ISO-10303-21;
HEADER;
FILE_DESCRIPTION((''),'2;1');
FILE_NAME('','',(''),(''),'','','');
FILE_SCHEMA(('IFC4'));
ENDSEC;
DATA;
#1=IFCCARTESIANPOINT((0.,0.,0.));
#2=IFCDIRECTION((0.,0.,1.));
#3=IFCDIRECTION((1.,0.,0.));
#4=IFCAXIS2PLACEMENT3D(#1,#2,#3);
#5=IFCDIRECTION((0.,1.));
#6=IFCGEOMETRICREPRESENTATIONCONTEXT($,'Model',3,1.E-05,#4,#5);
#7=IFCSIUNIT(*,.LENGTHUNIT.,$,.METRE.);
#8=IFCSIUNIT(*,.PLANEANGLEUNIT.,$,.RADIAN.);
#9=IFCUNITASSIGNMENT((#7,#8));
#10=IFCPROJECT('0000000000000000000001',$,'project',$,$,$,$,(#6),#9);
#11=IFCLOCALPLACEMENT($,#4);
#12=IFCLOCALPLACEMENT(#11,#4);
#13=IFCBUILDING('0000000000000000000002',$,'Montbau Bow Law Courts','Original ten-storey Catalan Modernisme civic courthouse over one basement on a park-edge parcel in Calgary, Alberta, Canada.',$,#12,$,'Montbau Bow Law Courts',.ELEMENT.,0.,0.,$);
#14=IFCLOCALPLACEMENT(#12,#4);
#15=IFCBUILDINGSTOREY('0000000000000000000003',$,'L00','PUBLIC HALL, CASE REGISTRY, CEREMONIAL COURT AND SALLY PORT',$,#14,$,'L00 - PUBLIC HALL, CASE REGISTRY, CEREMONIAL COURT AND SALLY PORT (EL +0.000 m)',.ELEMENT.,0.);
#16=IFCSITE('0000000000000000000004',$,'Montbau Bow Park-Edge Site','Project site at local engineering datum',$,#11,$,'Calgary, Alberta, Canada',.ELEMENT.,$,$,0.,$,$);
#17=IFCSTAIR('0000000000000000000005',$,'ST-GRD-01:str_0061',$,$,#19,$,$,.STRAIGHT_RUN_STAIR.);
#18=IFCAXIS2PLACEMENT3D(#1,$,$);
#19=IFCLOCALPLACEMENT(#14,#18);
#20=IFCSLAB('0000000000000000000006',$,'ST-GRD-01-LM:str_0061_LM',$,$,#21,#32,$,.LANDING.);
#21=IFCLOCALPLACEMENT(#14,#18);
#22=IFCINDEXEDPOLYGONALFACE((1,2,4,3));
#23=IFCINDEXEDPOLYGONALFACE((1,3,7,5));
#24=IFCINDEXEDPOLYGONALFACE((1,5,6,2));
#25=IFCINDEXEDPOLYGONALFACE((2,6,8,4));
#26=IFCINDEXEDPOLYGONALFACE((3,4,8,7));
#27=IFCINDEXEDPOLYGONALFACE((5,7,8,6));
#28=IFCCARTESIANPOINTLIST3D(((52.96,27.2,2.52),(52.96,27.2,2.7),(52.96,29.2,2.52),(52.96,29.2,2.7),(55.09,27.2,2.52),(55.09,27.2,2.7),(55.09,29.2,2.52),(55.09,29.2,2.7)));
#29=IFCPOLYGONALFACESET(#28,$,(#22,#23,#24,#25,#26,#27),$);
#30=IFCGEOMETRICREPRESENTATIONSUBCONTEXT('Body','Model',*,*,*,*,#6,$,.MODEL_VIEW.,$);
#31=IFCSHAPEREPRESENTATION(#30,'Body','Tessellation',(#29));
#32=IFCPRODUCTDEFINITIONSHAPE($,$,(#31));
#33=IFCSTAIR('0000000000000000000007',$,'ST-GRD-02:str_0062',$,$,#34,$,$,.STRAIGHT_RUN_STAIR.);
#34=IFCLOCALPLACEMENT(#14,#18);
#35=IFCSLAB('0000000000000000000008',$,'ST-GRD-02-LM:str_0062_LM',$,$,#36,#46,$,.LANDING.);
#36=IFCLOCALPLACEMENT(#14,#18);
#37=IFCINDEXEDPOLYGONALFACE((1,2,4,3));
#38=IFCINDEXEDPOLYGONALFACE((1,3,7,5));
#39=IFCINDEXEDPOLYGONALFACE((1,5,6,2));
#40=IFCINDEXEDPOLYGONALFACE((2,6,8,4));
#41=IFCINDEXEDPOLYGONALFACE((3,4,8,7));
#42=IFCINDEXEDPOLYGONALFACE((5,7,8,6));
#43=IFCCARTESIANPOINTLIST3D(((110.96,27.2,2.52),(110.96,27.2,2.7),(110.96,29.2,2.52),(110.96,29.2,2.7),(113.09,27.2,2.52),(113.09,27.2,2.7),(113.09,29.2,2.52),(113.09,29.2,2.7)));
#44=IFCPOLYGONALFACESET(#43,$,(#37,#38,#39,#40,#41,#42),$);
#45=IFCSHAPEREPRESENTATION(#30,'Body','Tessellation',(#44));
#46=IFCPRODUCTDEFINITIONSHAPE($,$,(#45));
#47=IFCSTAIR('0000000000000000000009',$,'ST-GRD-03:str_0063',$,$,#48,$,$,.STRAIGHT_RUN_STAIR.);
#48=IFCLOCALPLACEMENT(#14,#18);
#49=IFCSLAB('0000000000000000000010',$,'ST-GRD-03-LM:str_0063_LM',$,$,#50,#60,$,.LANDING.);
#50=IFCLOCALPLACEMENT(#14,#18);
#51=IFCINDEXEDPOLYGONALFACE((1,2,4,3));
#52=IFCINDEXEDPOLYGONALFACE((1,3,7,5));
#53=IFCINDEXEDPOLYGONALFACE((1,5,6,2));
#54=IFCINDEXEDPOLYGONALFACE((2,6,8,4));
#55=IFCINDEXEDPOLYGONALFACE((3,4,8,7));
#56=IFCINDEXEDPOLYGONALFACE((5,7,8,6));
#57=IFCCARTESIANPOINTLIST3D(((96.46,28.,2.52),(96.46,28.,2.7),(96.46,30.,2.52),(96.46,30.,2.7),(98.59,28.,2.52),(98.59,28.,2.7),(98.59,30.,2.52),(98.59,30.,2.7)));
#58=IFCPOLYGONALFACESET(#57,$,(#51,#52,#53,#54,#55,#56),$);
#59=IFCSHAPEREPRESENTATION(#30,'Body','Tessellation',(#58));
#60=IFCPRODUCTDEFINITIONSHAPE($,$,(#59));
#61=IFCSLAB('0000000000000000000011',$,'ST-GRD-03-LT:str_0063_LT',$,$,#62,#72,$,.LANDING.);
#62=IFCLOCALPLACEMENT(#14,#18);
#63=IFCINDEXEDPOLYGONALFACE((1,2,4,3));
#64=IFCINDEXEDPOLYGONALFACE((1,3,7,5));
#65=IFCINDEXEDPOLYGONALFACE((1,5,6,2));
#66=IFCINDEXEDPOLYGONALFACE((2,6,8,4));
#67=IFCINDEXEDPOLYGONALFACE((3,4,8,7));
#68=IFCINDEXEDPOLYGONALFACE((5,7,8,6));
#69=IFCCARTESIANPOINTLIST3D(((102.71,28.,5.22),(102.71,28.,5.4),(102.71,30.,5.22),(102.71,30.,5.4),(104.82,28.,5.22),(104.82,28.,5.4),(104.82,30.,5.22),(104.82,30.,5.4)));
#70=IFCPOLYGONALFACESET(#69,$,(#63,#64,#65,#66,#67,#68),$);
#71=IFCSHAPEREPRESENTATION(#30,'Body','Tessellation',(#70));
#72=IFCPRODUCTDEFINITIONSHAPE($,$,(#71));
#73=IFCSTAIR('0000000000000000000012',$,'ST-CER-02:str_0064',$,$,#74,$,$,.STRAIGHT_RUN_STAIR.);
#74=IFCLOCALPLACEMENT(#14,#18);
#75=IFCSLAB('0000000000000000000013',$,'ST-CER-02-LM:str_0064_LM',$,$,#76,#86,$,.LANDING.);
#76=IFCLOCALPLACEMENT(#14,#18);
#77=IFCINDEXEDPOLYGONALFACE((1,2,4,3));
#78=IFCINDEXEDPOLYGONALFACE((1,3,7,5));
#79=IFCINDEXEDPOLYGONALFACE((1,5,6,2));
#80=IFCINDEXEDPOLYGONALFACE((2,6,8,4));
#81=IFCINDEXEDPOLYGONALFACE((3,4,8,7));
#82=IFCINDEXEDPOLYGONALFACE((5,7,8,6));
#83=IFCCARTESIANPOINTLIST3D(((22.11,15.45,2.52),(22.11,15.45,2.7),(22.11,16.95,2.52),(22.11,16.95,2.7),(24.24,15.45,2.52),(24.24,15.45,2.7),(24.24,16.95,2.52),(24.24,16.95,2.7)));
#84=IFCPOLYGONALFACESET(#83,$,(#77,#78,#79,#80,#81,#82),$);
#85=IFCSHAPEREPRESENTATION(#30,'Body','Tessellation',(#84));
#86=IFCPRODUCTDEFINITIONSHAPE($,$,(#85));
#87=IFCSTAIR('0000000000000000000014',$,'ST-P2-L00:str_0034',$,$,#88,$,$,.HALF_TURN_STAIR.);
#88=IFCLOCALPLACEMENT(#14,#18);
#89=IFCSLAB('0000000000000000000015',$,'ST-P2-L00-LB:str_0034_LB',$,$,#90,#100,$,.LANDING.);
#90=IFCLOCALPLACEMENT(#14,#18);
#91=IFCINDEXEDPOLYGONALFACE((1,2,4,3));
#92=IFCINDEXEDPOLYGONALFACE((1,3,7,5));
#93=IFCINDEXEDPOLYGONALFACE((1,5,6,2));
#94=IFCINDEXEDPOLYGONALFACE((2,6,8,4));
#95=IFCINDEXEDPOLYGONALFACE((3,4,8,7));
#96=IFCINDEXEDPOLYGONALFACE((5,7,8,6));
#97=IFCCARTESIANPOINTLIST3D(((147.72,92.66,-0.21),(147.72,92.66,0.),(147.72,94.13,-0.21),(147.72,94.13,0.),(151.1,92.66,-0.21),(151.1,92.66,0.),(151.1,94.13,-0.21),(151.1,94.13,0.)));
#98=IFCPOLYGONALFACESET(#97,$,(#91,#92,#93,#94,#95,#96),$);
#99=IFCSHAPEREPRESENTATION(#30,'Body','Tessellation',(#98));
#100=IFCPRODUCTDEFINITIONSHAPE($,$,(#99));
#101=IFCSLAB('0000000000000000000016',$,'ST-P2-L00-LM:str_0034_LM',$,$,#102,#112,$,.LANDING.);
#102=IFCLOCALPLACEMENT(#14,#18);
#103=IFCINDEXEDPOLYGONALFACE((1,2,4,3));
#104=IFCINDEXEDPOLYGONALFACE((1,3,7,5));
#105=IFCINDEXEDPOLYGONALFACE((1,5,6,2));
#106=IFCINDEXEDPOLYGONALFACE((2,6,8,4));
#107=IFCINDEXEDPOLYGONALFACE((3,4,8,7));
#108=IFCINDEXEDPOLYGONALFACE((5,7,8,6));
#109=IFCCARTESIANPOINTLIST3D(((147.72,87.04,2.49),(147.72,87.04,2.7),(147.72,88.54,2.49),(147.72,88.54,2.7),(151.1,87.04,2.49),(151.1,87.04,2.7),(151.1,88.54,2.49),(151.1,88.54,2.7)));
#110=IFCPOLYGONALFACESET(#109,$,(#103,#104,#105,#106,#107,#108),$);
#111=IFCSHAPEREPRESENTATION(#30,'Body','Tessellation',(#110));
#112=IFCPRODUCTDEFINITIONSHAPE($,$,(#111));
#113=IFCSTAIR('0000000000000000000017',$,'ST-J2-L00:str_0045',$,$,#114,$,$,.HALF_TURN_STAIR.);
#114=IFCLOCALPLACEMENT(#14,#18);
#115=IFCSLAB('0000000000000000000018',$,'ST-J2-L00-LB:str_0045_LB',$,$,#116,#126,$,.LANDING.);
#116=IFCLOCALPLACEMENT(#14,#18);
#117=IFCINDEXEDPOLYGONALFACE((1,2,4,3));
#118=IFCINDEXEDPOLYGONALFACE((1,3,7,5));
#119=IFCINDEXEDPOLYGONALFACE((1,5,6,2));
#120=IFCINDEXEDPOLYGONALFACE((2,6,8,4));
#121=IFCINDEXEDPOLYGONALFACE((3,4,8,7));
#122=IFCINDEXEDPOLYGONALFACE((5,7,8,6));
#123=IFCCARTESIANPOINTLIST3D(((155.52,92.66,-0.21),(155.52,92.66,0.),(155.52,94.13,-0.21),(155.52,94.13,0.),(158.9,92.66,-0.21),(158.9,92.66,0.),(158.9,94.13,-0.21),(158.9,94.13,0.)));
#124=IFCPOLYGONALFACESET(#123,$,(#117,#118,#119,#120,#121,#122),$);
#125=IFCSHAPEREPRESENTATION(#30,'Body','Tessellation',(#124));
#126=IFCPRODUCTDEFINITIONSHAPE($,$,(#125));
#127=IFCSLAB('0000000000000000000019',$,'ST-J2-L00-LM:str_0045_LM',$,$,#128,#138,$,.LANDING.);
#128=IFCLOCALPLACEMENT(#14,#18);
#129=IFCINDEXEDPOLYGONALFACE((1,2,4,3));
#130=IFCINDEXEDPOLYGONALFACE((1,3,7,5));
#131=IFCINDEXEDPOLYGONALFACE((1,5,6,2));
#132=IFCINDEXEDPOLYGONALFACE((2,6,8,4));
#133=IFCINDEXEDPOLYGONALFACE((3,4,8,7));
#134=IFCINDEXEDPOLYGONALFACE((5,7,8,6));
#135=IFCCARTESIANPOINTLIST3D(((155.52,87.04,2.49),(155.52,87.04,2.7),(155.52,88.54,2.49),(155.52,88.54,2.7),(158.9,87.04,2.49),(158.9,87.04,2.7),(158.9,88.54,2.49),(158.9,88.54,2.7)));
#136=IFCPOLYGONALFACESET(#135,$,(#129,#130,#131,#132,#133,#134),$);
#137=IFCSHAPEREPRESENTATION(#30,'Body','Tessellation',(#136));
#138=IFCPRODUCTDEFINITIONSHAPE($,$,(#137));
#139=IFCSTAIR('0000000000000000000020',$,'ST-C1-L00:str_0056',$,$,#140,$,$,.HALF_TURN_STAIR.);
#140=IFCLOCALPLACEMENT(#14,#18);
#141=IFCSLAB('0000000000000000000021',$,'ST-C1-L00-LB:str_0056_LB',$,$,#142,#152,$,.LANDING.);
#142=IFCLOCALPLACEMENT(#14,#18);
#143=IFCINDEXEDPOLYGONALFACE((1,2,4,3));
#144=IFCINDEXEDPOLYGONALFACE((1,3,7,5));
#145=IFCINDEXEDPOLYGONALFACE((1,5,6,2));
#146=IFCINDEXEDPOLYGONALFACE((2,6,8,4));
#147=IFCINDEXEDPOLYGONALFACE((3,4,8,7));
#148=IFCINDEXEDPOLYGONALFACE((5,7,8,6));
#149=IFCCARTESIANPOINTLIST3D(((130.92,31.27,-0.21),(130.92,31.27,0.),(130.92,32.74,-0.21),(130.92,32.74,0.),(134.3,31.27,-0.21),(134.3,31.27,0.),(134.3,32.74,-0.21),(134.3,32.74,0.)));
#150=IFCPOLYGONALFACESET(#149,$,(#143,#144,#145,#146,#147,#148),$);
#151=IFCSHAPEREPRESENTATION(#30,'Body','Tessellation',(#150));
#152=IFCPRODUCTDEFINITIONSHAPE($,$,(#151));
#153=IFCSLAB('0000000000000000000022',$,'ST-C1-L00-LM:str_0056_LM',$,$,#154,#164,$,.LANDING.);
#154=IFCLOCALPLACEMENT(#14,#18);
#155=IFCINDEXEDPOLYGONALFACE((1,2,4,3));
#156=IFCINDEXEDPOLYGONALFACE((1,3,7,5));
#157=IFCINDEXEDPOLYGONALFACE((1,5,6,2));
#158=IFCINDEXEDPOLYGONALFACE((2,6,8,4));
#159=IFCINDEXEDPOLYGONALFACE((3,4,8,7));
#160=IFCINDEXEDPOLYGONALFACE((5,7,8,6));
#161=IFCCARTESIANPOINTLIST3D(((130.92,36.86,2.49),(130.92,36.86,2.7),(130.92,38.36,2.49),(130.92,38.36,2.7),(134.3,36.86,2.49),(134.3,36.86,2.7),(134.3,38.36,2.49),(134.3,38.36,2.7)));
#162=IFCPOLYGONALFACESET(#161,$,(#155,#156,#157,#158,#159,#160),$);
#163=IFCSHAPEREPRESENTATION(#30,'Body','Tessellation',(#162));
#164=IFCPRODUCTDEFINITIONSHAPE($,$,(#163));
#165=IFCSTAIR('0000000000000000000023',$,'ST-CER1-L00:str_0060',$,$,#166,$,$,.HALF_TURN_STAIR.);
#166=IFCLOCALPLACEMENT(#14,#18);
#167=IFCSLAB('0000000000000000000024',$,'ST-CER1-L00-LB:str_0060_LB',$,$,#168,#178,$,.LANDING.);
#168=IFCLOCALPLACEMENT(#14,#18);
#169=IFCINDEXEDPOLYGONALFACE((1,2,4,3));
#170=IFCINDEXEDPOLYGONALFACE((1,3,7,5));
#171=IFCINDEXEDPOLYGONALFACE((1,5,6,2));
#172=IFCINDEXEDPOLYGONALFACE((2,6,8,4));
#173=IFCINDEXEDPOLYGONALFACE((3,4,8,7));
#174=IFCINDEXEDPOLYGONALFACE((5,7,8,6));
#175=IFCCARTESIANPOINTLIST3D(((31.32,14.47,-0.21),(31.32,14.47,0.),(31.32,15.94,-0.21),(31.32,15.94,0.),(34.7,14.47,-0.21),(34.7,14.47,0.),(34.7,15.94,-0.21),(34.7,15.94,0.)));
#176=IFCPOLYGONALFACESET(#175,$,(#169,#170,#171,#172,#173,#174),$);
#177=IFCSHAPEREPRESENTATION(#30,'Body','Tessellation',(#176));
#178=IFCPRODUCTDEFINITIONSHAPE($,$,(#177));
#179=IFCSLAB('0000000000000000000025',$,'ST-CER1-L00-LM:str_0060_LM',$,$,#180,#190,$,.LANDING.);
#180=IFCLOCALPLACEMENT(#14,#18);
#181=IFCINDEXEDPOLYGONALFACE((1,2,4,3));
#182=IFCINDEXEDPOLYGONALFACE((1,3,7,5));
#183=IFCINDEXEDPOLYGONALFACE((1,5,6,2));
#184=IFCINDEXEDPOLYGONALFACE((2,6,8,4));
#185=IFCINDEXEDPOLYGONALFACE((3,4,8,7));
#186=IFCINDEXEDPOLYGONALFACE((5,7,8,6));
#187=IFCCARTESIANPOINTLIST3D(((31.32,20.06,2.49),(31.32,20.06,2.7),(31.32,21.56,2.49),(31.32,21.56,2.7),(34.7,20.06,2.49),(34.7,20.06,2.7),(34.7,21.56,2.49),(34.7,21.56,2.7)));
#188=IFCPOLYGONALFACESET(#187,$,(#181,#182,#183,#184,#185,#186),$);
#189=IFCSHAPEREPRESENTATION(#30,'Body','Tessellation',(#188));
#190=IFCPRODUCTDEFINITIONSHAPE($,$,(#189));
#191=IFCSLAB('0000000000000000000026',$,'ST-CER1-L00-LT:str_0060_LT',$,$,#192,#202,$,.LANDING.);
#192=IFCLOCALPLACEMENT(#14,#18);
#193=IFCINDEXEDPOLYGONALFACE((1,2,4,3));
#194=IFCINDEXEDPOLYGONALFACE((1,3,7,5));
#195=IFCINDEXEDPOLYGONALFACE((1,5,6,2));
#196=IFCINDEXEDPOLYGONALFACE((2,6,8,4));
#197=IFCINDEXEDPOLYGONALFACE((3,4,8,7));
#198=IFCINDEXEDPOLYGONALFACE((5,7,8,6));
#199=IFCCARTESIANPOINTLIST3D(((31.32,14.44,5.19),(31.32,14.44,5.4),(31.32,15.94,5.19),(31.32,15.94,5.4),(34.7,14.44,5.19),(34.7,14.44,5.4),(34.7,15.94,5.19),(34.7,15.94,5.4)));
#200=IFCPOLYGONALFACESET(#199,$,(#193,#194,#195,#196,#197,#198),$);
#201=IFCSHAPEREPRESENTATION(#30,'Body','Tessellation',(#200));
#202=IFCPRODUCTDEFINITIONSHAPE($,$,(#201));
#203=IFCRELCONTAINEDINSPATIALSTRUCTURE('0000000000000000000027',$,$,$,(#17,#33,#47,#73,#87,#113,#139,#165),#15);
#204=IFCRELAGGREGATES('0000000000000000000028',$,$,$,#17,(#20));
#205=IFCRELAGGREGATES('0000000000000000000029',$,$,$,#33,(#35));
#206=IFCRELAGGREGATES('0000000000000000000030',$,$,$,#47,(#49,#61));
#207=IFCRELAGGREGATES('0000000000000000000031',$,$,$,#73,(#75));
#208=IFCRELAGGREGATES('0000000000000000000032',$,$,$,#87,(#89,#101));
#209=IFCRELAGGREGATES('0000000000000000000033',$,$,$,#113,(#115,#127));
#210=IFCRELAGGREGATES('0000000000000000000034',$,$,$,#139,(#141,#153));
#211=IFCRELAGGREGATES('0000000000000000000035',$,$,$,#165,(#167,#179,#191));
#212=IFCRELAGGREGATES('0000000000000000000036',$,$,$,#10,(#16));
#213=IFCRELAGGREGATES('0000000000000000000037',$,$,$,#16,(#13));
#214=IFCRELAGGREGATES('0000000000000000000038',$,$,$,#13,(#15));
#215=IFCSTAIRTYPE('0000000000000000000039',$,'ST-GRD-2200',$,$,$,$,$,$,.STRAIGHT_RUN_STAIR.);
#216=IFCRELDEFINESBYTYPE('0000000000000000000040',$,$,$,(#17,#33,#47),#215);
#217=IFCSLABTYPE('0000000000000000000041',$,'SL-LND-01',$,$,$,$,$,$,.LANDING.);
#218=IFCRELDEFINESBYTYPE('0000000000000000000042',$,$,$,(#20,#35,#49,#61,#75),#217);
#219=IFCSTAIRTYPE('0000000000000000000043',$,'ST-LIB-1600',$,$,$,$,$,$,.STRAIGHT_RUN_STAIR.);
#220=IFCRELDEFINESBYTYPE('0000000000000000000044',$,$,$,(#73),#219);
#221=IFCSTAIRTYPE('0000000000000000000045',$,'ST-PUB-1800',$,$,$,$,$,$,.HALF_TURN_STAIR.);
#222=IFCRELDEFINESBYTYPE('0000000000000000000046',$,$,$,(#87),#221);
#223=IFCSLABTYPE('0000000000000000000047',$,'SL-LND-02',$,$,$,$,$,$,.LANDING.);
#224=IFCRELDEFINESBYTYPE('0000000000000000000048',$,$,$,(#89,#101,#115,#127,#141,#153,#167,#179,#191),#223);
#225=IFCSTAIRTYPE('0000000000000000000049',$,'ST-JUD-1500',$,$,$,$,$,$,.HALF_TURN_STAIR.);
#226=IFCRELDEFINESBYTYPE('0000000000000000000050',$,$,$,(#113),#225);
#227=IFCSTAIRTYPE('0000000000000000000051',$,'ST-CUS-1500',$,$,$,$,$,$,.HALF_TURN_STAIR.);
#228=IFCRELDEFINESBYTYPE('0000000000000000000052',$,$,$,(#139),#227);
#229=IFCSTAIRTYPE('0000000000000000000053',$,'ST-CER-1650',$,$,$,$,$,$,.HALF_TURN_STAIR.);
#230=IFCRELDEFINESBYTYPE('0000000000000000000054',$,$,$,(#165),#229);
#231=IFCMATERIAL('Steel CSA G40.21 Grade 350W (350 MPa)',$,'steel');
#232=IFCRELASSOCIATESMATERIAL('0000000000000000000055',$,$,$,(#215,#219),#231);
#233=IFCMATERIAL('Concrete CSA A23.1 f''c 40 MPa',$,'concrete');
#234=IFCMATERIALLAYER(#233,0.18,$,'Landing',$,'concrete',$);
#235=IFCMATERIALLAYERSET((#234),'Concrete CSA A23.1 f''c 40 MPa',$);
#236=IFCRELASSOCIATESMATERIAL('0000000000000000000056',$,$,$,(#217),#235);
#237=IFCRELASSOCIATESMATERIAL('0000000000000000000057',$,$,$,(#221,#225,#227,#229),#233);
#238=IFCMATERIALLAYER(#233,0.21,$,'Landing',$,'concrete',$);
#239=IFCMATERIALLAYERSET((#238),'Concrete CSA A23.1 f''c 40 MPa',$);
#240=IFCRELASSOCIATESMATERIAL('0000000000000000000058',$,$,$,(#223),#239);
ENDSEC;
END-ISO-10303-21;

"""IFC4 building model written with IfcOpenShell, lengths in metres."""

from ifc_helpers import new_model, si_unit, direction, frame, origin_with_axes, place, context, subcontext, project, spatial, polyline, outline, extrude, material, layer, layer_set, type_object, element, aggregate, save


model = new_model("IFC4")

# Units and contexts
model_context = context("Model", 3, precision=1e-05, world=origin_with_axes(), true_north=direction((0.0, 1.0)))
body_context = subcontext(model_context, "Body", "Model", "MODEL_VIEW")
ifc_project = project(units=[si_unit("LENGTHUNIT", "METRE"), si_unit("PLANEANGLEUNIT", "RADIAN")], contexts=[model_context])

# Site, building, storey
site_placement = place(None, origin_with_axes())
site = spatial("IfcSite", under=ifc_project, at=site_placement, Name="Montbau Bow Park-Edge Site", Description="Project site at local engineering datum", LongName="Calgary, Alberta, Canada", CompositionType="ELEMENT", RefElevation=0.0)
building_placement = place(site_placement, origin_with_axes())
building = spatial("IfcBuilding", under=site, at=building_placement, Name="Montbau Bow Law Courts", Description="Original ten-storey Catalan Modernisme civic courthouse over one basement on a park-edge parcel in Calgary, Alberta, Canada.", LongName="Montbau Bow Law Courts", CompositionType="ELEMENT", ElevationOfRefHeight=0.0, ElevationOfTerrain=0.0)
storey_placement = place(building_placement, origin_with_axes())
storey = spatial("IfcBuildingStorey", under=building, at=storey_placement, Name="L00", Description="PUBLIC HALL, CASE REGISTRY, CEREMONIAL COURT AND SALLY PORT", LongName="L00 - PUBLIC HALL, CASE REGISTRY, CEREMONIAL COURT AND SALLY PORT (EL +0.000 m)", CompositionType="ELEMENT", Elevation=0.0)

# Stairs, slabs
ifc_material_1 = material(Name="Steel CSA G40.21 Grade 350W (350 MPa)", Category="steel")
stair_type_1 = type_object("IfcStairType", Name="ST-GRD-2200", PredefinedType="STRAIGHT_RUN_STAIR", material=ifc_material_1)
stair_1_placement = place(None, frame((48.8, 28.2, 0.0), z_axis=(0.0, 0.0, 1.0), x_axis=(1.0, 0.0, 0.0)))
stair_1 = element("IfcStair", 1, at=stair_1_placement, inside=storey, type_object=stair_type_1, Name="ST-GRD-01:str_0061", PredefinedType="STRAIGHT_RUN_STAIR")
ifc_material_2 = material(Name="Concrete CSA A23.1 f'c 40 MPa", Category="concrete")
ifc_layer_1 = layer(ifc_material_2, 0.18, Name="Landing", Category="concrete")
ifc_layer_set_1 = layer_set([ifc_layer_1], Name="Concrete CSA A23.1 f'c 40 MPa")
slab_type_1 = type_object("IfcSlabType", Name="SL-LND-01", PredefinedType="LANDING", material=ifc_layer_set_1)
slab_1_placement = place(None, frame((0.0, 0.0, 2.52), z_axis=(0.0, 0.0, 1.0), x_axis=(1.0, 0.0, 0.0)))
slab_1 = element("IfcSlab", 2, at=slab_1_placement, type_object=slab_type_1, Name="ST-GRD-01-LM:str_0061_LM", PredefinedType="LANDING", context=body_context, shape_type="SweptSolid", body=[
    extrude(outline(polyline([(52.96, 27.2), (55.09, 27.2), (55.09, 29.2), (52.96, 29.2), (52.96, 27.2)])), origin_with_axes(), (0.0, 0.0, 1.0), 0.18),
])
aggregate(stair_1, [slab_1])
stair_2_placement = place(None, frame((106.8, 28.2, 0.0), z_axis=(0.0, 0.0, 1.0), x_axis=(1.0, 0.0, 0.0)))
stair_2 = element("IfcStair", 3, at=stair_2_placement, inside=storey, type_object=stair_type_1, Name="ST-GRD-02:str_0062", PredefinedType="STRAIGHT_RUN_STAIR")
slab_2_placement = place(None, frame((0.0, 0.0, 2.52), z_axis=(0.0, 0.0, 1.0), x_axis=(1.0, 0.0, 0.0)))
slab_2 = element("IfcSlab", 4, at=slab_2_placement, type_object=slab_type_1, Name="ST-GRD-02-LM:str_0062_LM", PredefinedType="LANDING", context=body_context, shape_type="SweptSolid", body=[
    extrude(outline(polyline([(110.96, 27.2), (113.09, 27.2), (113.09, 29.2), (110.96, 29.2), (110.96, 27.2)])), origin_with_axes(), (0.0, 0.0, 1.0), 0.18),
])
aggregate(stair_2, [slab_2])

# Stair, slabs
stair_3_placement = place(None, frame((92.3, 29.0, 0.0), z_axis=(0.0, 0.0, 1.0), x_axis=(1.0, 0.0, 0.0)))
stair_3 = element("IfcStair", 5, at=stair_3_placement, inside=storey, type_object=stair_type_1, Name="ST-GRD-03:str_0063", PredefinedType="STRAIGHT_RUN_STAIR")
slab_3_placement = place(None, frame((0.0, 0.0, 2.52), z_axis=(0.0, 0.0, 1.0), x_axis=(1.0, 0.0, 0.0)))
slab_3 = element("IfcSlab", 6, at=slab_3_placement, type_object=slab_type_1, Name="ST-GRD-03-LM:str_0063_LM", PredefinedType="LANDING", context=body_context, shape_type="SweptSolid", body=[
    extrude(outline(polyline([(96.46, 28.0), (98.59, 28.0), (98.59, 30.0), (96.46, 30.0), (96.46, 28.0)])), origin_with_axes(), (0.0, 0.0, 1.0), 0.18),
])
slab_4_placement = place(None, frame((0.0, 0.0, 5.22), z_axis=(0.0, 0.0, 1.0), x_axis=(1.0, 0.0, 0.0)))
slab_4 = element("IfcSlab", 7, at=slab_4_placement, type_object=slab_type_1, Name="ST-GRD-03-LT:str_0063_LT", PredefinedType="LANDING", context=body_context, shape_type="SweptSolid", body=[
    extrude(outline(polyline([(102.71, 28.0), (104.82, 28.0), (104.82, 30.0), (102.71, 30.0), (102.71, 28.0)])), origin_with_axes(), (0.0, 0.0, 1.0), 0.18),
])
aggregate(stair_3, [slab_3, slab_4])

# Stair, slab
stair_type_2 = type_object("IfcStairType", Name="ST-LIB-1600", PredefinedType="STRAIGHT_RUN_STAIR", material=ifc_material_1)
stair_4_placement = place(None, frame((17.95, 16.2, 0.0), z_axis=(0.0, 0.0, 1.0), x_axis=(1.0, 0.0, 0.0)))
stair_4 = element("IfcStair", 8, at=stair_4_placement, inside=storey, type_object=stair_type_2, Name="ST-CER-02:str_0064", PredefinedType="STRAIGHT_RUN_STAIR")
slab_5_placement = place(None, frame((0.0, 0.0, 2.52), z_axis=(0.0, 0.0, 1.0), x_axis=(1.0, 0.0, 0.0)))
slab_5 = element("IfcSlab", 9, at=slab_5_placement, type_object=slab_type_1, Name="ST-CER-02-LM:str_0064_LM", PredefinedType="LANDING", context=body_context, shape_type="SweptSolid", body=[
    extrude(outline(polyline([(22.11, 15.45), (24.24, 15.45), (24.24, 16.95), (22.11, 16.95), (22.11, 15.45)])), origin_with_axes(), (0.0, 0.0, 1.0), 0.18),
])
aggregate(stair_4, [slab_5])

# Stairs, slabs
stair_type_3 = type_object("IfcStairType", Name="ST-PUB-1800", PredefinedType="HALF_TURN_STAIR", material=ifc_material_2)
stair_5_placement = place(None, frame((148.505, 92.7, 0.0), z_axis=(0.0, 0.0, 1.0), x_axis=(1.0, 0.0, 0.0)))
stair_5 = element("IfcStair", 10, at=stair_5_placement, inside=storey, type_object=stair_type_3, Name="ST-P2-L00:str_0034", PredefinedType="HALF_TURN_STAIR")
ifc_layer_2 = layer(ifc_material_2, 0.21, Name="Landing", Category="concrete")
ifc_layer_set_2 = layer_set([ifc_layer_2], Name="Concrete CSA A23.1 f'c 40 MPa")
slab_type_2 = type_object("IfcSlabType", Name="SL-LND-02", PredefinedType="LANDING", material=ifc_layer_set_2)
slab_6_placement = place(None, frame((0.0, 0.0, -0.21), z_axis=(0.0, 0.0, 1.0), x_axis=(1.0, 0.0, 0.0)))
slab_6 = element("IfcSlab", 11, at=slab_6_placement, type_object=slab_type_2, Name="ST-P2-L00-LB:str_0034_LB", PredefinedType="LANDING", context=body_context, shape_type="SweptSolid", body=[
    extrude(outline(polyline([(147.72, 92.66), (151.1, 92.66), (151.1, 94.13), (147.72, 94.13), (147.72, 92.66)])), origin_with_axes(), (0.0, 0.0, 1.0), 0.21),
])
slab_7_placement = place(None, frame((0.0, 0.0, 2.49), z_axis=(0.0, 0.0, 1.0), x_axis=(1.0, 0.0, 0.0)))
slab_7 = element("IfcSlab", 12, at=slab_7_placement, type_object=slab_type_2, Name="ST-P2-L00-LM:str_0034_LM", PredefinedType="LANDING", context=body_context, shape_type="SweptSolid", body=[
    extrude(outline(polyline([(147.72, 87.04), (151.1, 87.04), (151.1, 88.54), (147.72, 88.54), (147.72, 87.04)])), origin_with_axes(), (0.0, 0.0, 1.0), 0.21),
])
aggregate(stair_5, [slab_6, slab_7])
stair_type_4 = type_object("IfcStairType", Name="ST-JUD-1500", PredefinedType="HALF_TURN_STAIR", material=ifc_material_2)
stair_6_placement = place(None, frame((156.265, 92.7, 0.0), z_axis=(0.0, 0.0, 1.0), x_axis=(1.0, 0.0, 0.0)))
stair_6 = element("IfcStair", 13, at=stair_6_placement, inside=storey, type_object=stair_type_4, Name="ST-J2-L00:str_0045", PredefinedType="HALF_TURN_STAIR")
slab_8_placement = place(None, frame((0.0, 0.0, -0.21), z_axis=(0.0, 0.0, 1.0), x_axis=(1.0, 0.0, 0.0)))
slab_8 = element("IfcSlab", 14, at=slab_8_placement, type_object=slab_type_2, Name="ST-J2-L00-LB:str_0045_LB", PredefinedType="LANDING", context=body_context, shape_type="SweptSolid", body=[
    extrude(outline(polyline([(155.52, 92.66), (158.9, 92.66), (158.9, 94.13), (155.52, 94.13), (155.52, 92.66)])), origin_with_axes(), (0.0, 0.0, 1.0), 0.21),
])
slab_9_placement = place(None, frame((0.0, 0.0, 2.49), z_axis=(0.0, 0.0, 1.0), x_axis=(1.0, 0.0, 0.0)))
slab_9 = element("IfcSlab", 15, at=slab_9_placement, type_object=slab_type_2, Name="ST-J2-L00-LM:str_0045_LM", PredefinedType="LANDING", context=body_context, shape_type="SweptSolid", body=[
    extrude(outline(polyline([(155.52, 87.04), (158.9, 87.04), (158.9, 88.54), (155.52, 88.54), (155.52, 87.04)])), origin_with_axes(), (0.0, 0.0, 1.0), 0.21),
])
aggregate(stair_6, [slab_8, slab_9])
stair_type_5 = type_object("IfcStairType", Name="ST-CUS-1500", PredefinedType="HALF_TURN_STAIR", material=ifc_material_2)
stair_7_placement = place(None, frame((131.665, 32.7, 0.0), z_axis=(0.0, 0.0, 1.0), x_axis=(1.0, 0.0, 0.0)))
stair_7 = element("IfcStair", 16, at=stair_7_placement, inside=storey, type_object=stair_type_5, Name="ST-C1-L00:str_0056", PredefinedType="HALF_TURN_STAIR")
slab_10_placement = place(None, frame((0.0, 0.0, -0.21), z_axis=(0.0, 0.0, 1.0), x_axis=(1.0, 0.0, 0.0)))
slab_10 = element("IfcSlab", 17, at=slab_10_placement, type_object=slab_type_2, Name="ST-C1-L00-LB:str_0056_LB", PredefinedType="LANDING", context=body_context, shape_type="SweptSolid", body=[
    extrude(outline(polyline([(130.92, 31.27), (134.3, 31.27), (134.3, 32.74), (130.92, 32.74), (130.92, 31.27)])), origin_with_axes(), (0.0, 0.0, 1.0), 0.21),
])
slab_11_placement = place(None, frame((0.0, 0.0, 2.49), z_axis=(0.0, 0.0, 1.0), x_axis=(1.0, 0.0, 0.0)))
slab_11 = element("IfcSlab", 18, at=slab_11_placement, type_object=slab_type_2, Name="ST-C1-L00-LM:str_0056_LM", PredefinedType="LANDING", context=body_context, shape_type="SweptSolid", body=[
    extrude(outline(polyline([(130.92, 36.86), (134.3, 36.86), (134.3, 38.36), (130.92, 38.36), (130.92, 36.86)])), origin_with_axes(), (0.0, 0.0, 1.0), 0.21),
])
aggregate(stair_7, [slab_10, slab_11])
stair_type_6 = type_object("IfcStairType", Name="ST-CER-1650", PredefinedType="HALF_TURN_STAIR", material=ifc_material_2)
stair_8_placement = place(None, frame((32.085, 15.9, 0.0), z_axis=(0.0, 0.0, 1.0), x_axis=(1.0, 0.0, 0.0)))
stair_8 = element("IfcStair", 19, at=stair_8_placement, inside=storey, type_object=stair_type_6, Name="ST-CER1-L00:str_0060", PredefinedType="HALF_TURN_STAIR")
slab_12_placement = place(None, frame((0.0, 0.0, -0.21), z_axis=(0.0, 0.0, 1.0), x_axis=(1.0, 0.0, 0.0)))
slab_12 = element("IfcSlab", 20, at=slab_12_placement, type_object=slab_type_2, Name="ST-CER1-L00-LB:str_0060_LB", PredefinedType="LANDING", context=body_context, shape_type="SweptSolid", body=[
    extrude(outline(polyline([(31.32, 14.47), (34.7, 14.47), (34.7, 15.94), (31.32, 15.94), (31.32, 14.47)])), origin_with_axes(), (0.0, 0.0, 1.0), 0.21),
])
slab_13_placement = place(None, frame((0.0, 0.0, 2.49), z_axis=(0.0, 0.0, 1.0), x_axis=(1.0, 0.0, 0.0)))
slab_13 = element("IfcSlab", 21, at=slab_13_placement, type_object=slab_type_2, Name="ST-CER1-L00-LM:str_0060_LM", PredefinedType="LANDING", context=body_context, shape_type="SweptSolid", body=[
    extrude(outline(polyline([(31.32, 20.06), (34.7, 20.06), (34.7, 21.56), (31.32, 21.56), (31.32, 20.06)])), origin_with_axes(), (0.0, 0.0, 1.0), 0.21),
])
slab_14_placement = place(None, frame((0.0, 0.0, 5.19), z_axis=(0.0, 0.0, 1.0), x_axis=(1.0, 0.0, 0.0)))
slab_14 = element("IfcSlab", 22, at=slab_14_placement, type_object=slab_type_2, Name="ST-CER1-L00-LT:str_0060_LT", PredefinedType="LANDING", context=body_context, shape_type="SweptSolid", body=[
    extrude(outline(polyline([(31.32, 14.44), (34.7, 14.44), (34.7, 15.94), (31.32, 15.94), (31.32, 14.44)])), origin_with_axes(), (0.0, 0.0, 1.0), 0.21),
])
aggregate(stair_8, [slab_12, slab_13, slab_14])

save(model, "model.ifc")
